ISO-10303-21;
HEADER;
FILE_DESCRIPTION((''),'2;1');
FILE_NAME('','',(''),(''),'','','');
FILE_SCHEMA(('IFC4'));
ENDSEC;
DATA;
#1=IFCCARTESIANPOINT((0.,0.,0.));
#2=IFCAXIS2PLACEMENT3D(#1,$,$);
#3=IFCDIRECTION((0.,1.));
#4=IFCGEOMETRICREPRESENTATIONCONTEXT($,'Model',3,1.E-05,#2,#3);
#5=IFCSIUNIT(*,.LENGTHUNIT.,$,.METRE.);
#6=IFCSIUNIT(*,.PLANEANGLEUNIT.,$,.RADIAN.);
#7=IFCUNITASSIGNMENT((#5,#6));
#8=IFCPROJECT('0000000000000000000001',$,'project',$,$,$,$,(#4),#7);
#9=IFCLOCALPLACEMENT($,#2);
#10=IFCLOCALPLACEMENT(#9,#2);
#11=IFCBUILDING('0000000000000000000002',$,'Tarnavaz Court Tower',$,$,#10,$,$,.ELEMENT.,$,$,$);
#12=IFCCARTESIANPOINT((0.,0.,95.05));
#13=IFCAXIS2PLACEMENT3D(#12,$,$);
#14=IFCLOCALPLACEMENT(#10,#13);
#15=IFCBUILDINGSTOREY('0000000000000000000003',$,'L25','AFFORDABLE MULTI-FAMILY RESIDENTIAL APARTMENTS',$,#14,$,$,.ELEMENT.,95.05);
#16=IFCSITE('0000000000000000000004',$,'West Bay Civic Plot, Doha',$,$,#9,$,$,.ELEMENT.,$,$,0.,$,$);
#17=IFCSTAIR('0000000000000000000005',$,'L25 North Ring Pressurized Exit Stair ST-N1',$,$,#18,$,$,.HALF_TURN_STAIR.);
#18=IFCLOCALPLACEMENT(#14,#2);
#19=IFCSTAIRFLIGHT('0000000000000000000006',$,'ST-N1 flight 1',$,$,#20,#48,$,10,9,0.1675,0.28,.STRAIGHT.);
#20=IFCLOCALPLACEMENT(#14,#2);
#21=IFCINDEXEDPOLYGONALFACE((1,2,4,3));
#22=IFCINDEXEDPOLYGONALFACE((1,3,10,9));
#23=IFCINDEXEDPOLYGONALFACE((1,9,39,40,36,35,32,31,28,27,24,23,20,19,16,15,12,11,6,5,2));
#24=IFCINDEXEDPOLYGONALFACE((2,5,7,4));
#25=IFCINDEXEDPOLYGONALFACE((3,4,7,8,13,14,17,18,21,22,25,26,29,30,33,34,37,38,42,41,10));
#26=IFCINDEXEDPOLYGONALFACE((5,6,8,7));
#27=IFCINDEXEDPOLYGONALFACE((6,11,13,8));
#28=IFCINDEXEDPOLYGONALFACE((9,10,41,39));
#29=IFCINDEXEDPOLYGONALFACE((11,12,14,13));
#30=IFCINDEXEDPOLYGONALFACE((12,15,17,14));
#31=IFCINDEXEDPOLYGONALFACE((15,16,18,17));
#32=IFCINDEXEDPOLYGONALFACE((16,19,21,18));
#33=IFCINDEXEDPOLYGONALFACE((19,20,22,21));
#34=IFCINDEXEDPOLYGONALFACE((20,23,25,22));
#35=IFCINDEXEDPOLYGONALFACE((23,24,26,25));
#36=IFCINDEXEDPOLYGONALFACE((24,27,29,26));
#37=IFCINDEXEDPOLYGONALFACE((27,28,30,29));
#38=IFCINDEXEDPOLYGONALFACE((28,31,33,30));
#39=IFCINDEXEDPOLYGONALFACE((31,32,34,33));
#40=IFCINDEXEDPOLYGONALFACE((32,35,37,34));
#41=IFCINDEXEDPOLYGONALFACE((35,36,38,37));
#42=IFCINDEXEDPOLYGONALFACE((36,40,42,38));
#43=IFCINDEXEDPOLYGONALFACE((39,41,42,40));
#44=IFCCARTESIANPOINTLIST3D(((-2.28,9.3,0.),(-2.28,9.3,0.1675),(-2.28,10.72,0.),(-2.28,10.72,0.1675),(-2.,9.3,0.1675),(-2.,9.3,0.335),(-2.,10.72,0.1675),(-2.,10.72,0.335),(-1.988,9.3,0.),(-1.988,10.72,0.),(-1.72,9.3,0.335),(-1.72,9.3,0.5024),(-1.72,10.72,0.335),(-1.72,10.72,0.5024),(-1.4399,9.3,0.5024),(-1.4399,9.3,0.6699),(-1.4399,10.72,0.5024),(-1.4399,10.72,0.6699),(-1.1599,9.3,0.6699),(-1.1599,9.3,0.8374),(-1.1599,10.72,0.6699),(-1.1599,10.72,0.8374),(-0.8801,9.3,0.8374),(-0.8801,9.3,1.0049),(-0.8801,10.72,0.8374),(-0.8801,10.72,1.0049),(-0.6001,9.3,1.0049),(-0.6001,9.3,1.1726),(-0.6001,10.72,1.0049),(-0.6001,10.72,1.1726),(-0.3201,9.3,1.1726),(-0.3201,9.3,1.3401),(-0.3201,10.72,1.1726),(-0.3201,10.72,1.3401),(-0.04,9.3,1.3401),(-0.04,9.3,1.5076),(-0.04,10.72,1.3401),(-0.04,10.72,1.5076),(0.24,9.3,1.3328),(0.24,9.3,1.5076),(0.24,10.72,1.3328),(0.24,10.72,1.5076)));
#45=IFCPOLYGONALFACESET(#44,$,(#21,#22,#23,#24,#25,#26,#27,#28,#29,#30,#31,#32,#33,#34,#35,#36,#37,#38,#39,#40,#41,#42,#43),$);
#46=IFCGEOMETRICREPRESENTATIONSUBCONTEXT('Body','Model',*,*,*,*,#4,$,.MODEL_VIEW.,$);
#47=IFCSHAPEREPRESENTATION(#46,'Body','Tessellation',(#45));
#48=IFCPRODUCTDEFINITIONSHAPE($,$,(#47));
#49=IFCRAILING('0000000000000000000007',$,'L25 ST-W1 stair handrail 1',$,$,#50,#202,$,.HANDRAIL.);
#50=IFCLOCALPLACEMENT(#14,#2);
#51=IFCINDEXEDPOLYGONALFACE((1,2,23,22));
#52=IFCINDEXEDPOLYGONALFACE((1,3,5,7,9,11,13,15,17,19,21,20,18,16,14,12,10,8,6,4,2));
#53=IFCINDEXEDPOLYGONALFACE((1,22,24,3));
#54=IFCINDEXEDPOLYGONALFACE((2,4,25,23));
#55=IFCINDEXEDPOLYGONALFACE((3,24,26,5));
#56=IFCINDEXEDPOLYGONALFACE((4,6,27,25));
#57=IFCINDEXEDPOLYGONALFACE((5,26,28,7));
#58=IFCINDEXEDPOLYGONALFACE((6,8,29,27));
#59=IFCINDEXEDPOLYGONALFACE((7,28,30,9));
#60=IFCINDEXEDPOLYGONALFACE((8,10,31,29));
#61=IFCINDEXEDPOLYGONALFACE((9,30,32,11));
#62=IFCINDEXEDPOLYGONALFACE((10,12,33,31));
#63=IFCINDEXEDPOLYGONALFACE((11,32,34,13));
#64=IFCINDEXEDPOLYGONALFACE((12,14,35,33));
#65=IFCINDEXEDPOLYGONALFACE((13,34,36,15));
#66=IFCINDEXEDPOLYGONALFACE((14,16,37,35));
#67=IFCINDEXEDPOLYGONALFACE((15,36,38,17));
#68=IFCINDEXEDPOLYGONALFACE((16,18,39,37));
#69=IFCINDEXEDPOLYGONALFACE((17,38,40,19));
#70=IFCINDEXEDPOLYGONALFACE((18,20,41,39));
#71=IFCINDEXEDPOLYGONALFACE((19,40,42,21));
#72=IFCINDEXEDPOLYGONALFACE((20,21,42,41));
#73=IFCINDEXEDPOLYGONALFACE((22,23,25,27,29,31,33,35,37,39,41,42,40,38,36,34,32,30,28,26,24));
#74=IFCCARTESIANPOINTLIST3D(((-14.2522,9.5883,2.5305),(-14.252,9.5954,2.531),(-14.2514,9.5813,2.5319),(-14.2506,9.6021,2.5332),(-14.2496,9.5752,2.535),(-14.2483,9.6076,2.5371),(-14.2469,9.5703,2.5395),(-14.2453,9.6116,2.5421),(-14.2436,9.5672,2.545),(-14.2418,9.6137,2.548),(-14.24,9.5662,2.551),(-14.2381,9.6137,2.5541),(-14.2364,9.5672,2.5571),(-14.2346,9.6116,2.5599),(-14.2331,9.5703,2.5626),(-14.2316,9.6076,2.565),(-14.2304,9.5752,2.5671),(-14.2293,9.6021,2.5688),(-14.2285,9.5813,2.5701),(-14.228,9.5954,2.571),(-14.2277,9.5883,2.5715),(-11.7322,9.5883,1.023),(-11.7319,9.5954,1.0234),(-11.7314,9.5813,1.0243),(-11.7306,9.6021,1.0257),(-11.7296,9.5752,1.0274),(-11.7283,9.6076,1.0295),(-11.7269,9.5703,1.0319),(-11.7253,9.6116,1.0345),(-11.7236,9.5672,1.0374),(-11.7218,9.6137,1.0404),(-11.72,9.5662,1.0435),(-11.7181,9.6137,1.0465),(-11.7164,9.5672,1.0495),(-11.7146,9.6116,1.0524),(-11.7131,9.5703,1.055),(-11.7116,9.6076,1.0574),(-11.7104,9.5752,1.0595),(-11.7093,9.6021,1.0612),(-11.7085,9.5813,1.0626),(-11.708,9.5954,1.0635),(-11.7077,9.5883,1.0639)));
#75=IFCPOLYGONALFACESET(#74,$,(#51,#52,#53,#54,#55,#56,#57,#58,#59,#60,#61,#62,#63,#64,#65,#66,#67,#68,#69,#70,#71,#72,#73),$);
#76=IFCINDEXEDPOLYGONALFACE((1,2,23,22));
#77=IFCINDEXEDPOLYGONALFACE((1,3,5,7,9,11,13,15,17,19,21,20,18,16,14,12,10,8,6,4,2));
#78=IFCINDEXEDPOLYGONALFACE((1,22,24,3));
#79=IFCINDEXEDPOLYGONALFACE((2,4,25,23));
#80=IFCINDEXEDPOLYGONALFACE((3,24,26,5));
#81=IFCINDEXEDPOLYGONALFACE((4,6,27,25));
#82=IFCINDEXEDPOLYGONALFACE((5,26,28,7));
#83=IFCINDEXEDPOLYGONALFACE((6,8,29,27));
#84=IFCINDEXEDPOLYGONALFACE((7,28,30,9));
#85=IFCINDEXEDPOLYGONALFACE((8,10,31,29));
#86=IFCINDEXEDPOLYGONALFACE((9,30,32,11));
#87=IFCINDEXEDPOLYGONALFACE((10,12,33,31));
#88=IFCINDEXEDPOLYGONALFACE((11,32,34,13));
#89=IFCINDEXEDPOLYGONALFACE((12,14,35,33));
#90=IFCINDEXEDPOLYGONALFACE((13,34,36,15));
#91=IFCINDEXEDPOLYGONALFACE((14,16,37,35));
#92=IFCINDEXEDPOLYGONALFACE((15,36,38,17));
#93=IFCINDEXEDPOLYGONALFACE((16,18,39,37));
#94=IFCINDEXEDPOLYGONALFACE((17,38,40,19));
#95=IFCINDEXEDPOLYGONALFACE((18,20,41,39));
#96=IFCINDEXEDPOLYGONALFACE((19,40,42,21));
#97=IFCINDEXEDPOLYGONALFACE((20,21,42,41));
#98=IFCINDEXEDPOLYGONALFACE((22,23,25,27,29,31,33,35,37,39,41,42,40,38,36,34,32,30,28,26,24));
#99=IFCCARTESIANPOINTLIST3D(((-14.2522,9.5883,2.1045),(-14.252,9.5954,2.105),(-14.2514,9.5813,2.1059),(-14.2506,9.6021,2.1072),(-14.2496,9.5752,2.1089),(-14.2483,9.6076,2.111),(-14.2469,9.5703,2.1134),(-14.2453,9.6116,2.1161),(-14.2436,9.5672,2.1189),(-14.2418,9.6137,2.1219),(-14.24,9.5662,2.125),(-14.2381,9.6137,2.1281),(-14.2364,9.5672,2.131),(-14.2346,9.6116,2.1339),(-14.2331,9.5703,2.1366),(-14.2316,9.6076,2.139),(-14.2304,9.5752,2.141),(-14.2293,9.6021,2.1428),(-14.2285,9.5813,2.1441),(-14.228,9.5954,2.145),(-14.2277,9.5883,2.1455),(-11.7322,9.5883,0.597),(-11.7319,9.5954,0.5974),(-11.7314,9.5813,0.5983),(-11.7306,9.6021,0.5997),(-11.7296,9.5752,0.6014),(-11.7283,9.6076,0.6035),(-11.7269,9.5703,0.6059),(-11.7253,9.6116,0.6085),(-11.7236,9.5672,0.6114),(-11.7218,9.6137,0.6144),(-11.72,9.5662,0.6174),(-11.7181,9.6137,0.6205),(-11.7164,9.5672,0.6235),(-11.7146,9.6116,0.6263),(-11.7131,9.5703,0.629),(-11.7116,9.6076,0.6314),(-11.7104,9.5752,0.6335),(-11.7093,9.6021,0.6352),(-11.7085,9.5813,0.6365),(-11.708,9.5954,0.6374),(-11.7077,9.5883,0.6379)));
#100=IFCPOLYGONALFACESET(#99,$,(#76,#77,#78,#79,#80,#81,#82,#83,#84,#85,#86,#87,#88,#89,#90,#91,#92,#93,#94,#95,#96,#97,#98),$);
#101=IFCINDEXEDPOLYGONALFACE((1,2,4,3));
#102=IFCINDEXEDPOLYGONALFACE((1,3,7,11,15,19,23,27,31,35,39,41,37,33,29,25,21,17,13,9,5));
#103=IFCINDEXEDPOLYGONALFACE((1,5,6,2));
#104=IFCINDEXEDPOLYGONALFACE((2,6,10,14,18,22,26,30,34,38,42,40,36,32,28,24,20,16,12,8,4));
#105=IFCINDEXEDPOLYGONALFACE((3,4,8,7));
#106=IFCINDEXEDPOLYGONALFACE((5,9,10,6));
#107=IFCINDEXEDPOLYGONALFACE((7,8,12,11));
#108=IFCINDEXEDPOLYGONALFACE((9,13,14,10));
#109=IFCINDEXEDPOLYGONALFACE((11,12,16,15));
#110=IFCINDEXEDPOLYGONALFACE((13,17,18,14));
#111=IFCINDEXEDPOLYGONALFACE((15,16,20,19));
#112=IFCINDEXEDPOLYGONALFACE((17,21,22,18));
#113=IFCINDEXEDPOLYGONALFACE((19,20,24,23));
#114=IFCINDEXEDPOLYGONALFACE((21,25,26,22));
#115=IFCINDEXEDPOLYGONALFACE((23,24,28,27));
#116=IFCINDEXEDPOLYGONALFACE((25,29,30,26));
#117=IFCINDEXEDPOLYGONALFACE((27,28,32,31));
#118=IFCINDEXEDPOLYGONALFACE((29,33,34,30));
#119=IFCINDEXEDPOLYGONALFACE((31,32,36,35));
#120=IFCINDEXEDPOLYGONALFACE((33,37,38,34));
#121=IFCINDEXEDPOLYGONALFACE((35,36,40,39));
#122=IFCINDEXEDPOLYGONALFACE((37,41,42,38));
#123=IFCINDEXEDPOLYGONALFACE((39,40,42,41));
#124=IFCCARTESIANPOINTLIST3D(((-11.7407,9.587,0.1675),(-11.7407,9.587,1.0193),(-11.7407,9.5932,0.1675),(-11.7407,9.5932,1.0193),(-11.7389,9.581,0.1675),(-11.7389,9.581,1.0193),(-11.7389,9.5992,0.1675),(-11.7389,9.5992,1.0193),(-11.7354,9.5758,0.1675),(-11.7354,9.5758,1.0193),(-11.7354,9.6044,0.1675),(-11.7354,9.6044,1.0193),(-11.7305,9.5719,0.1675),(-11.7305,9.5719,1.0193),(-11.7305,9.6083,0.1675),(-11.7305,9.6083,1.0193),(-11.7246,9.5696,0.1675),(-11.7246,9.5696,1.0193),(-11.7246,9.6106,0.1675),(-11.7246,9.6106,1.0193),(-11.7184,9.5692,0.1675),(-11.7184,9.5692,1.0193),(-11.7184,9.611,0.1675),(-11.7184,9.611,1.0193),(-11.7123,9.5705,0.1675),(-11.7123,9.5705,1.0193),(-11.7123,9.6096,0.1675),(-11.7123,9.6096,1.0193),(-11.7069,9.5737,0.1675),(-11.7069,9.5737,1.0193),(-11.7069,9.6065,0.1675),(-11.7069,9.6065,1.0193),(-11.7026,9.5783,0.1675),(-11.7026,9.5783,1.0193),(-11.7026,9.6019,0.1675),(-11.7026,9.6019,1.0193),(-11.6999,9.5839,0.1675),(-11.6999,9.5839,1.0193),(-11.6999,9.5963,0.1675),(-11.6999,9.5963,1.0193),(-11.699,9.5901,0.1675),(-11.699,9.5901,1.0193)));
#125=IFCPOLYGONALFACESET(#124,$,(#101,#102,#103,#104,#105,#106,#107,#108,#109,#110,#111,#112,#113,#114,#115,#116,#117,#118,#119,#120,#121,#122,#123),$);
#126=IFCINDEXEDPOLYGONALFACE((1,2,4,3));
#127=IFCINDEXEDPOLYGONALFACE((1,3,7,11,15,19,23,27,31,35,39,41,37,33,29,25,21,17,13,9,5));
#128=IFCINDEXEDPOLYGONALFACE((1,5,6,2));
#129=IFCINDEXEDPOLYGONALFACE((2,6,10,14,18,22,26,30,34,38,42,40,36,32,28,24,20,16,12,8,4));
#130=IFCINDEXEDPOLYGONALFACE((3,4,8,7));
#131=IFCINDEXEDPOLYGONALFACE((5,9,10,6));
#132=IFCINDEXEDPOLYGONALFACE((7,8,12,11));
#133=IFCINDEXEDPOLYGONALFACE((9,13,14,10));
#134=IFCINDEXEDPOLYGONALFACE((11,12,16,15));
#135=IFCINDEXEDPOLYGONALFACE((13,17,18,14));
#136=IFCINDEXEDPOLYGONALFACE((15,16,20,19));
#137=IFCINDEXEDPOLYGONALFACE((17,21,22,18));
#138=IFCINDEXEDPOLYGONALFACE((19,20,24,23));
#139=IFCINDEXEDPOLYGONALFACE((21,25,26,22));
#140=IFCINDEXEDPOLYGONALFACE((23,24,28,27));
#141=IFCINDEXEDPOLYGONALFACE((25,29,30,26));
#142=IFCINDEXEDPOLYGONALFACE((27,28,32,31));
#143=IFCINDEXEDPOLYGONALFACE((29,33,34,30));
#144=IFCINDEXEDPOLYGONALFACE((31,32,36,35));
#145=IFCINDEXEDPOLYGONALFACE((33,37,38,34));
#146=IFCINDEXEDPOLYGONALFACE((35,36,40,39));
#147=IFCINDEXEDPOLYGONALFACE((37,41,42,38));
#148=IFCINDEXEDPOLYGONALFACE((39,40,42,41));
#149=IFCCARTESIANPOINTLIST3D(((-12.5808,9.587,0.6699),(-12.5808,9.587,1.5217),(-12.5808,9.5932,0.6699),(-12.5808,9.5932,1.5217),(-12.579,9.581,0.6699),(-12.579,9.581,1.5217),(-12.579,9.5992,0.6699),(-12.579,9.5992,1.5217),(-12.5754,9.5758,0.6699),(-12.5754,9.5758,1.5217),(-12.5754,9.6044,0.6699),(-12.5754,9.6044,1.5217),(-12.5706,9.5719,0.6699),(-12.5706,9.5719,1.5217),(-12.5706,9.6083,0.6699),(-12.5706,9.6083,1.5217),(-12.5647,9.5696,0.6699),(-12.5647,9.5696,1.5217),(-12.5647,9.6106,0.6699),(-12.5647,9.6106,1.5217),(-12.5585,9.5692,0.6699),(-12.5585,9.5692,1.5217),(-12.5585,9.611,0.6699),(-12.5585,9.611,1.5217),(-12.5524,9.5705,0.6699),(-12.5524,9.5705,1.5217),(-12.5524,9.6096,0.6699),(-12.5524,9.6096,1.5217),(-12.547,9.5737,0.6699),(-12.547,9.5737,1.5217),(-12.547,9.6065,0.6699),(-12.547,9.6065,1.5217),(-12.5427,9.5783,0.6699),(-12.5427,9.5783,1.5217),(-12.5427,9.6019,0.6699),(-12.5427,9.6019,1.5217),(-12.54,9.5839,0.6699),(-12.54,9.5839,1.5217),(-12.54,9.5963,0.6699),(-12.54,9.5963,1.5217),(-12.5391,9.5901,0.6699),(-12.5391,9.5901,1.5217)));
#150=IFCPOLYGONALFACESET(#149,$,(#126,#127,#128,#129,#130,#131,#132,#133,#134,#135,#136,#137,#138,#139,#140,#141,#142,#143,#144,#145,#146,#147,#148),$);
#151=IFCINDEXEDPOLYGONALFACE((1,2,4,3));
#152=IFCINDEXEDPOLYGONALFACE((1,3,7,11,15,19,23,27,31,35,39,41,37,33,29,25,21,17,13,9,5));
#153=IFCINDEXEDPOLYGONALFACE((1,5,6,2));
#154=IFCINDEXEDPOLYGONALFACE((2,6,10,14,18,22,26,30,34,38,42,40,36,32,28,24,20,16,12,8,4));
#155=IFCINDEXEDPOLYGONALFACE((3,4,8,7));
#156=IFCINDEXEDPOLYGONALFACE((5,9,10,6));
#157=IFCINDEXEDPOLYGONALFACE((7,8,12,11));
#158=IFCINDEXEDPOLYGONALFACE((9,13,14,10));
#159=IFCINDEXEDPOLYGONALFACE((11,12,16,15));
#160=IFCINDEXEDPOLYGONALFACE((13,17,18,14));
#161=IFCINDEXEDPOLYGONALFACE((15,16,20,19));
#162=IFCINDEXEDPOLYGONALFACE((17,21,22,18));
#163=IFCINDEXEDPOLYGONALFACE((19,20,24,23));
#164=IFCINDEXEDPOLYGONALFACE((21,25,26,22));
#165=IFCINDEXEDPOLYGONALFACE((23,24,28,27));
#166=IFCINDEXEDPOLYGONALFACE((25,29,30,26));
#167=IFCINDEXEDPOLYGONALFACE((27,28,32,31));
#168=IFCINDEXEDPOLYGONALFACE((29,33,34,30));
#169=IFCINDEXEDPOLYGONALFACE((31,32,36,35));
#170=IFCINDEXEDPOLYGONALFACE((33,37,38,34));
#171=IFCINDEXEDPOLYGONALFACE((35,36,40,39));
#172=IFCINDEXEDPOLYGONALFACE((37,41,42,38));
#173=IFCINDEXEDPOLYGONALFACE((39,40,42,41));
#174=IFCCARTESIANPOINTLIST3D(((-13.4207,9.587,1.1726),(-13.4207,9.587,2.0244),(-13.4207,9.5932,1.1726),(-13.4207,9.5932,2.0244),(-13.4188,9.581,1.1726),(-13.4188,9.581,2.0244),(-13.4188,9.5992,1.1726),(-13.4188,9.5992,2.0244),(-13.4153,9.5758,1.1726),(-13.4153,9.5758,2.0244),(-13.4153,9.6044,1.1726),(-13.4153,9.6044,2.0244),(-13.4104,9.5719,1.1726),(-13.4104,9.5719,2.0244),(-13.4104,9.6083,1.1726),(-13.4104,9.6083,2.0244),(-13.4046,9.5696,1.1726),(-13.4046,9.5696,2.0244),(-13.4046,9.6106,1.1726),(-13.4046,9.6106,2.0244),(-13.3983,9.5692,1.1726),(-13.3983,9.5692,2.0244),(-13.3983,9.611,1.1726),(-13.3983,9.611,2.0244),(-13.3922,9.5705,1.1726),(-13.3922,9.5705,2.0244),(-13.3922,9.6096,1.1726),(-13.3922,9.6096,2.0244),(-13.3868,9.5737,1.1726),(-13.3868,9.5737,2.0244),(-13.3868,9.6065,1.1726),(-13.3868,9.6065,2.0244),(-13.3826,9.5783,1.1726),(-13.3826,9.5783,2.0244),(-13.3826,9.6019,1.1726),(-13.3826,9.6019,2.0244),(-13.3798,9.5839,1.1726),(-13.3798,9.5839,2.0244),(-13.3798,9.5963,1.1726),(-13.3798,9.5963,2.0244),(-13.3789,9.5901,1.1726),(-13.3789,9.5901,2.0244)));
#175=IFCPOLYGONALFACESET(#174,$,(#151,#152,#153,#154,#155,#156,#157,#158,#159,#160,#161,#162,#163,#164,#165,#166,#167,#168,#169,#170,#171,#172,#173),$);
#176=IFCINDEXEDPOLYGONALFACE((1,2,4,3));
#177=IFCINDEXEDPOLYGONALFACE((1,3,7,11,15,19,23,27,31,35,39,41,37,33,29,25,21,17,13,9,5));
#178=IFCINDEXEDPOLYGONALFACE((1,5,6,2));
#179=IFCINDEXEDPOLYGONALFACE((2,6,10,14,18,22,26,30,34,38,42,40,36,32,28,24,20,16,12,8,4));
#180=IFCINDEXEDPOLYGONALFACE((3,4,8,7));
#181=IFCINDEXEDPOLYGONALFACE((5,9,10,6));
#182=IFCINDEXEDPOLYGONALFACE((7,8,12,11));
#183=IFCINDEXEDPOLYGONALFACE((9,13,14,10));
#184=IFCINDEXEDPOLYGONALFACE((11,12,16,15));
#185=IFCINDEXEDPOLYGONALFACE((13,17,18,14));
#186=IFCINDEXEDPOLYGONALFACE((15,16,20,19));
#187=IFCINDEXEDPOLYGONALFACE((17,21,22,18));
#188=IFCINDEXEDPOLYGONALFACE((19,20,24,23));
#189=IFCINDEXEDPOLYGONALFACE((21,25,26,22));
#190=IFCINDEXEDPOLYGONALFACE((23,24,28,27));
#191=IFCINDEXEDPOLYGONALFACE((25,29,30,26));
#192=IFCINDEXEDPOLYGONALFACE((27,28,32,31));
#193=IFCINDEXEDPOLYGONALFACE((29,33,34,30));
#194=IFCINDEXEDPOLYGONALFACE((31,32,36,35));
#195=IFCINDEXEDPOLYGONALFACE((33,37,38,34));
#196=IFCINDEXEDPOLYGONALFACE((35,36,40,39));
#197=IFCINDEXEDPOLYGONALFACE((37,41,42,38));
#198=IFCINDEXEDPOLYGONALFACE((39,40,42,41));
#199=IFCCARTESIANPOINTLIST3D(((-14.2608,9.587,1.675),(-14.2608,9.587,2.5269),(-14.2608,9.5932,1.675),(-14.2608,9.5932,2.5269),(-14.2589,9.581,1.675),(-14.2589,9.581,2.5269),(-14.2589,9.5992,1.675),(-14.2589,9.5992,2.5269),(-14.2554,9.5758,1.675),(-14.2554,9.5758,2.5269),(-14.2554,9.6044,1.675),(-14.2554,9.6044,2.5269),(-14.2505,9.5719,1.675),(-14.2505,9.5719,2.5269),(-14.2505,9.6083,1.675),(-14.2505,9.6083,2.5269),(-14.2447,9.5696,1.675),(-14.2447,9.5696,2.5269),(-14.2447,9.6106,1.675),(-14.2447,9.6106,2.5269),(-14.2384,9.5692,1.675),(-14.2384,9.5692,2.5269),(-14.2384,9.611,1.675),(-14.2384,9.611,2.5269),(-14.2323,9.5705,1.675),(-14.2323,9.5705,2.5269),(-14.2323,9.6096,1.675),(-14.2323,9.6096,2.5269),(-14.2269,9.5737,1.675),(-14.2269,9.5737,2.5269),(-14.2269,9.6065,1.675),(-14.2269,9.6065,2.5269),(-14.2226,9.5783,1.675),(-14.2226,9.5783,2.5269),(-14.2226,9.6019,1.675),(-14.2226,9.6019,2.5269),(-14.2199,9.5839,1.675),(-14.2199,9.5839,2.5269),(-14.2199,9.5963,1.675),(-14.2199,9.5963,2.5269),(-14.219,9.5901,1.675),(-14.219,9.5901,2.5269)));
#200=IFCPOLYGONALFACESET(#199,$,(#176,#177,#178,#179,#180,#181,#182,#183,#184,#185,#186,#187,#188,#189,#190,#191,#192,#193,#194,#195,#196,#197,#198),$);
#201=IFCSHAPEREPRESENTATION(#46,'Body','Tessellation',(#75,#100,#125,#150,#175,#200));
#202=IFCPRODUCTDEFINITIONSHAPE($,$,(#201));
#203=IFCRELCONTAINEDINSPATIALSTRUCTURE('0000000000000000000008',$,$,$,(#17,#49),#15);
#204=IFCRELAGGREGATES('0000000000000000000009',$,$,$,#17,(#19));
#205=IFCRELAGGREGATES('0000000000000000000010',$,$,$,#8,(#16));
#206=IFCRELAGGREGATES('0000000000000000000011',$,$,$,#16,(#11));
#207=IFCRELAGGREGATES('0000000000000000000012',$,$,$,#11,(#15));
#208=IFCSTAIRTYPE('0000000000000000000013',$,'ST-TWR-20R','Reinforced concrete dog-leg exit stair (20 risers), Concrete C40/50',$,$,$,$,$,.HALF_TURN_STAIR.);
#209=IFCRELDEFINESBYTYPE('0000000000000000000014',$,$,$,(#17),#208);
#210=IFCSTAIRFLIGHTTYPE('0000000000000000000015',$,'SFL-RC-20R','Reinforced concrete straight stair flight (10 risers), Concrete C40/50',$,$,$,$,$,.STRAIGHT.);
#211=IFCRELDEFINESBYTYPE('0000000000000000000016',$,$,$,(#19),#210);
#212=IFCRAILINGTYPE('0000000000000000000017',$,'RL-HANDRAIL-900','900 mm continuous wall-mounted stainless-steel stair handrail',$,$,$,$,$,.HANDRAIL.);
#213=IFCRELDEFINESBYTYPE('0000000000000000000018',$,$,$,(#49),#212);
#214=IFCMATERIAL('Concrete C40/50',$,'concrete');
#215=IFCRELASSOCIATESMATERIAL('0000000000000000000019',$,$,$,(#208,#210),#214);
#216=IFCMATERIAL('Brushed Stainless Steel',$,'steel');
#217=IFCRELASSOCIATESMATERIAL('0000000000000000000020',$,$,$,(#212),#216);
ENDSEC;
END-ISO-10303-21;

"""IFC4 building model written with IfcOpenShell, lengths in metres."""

from ifc_helpers import new_model, si_unit, direction, frame, origin, origin_2d, place, context, subcontext, project, spatial, polyline, circle, outline, extrude, material, type_object, element, aggregate, save


model = new_model("IFC4")

# Units and contexts
model_context = context("Model", 3, precision=1e-05, world=origin(), true_north=direction((0.0, 1.0)))
body_context = subcontext(model_context, "Body", "Model", "MODEL_VIEW")
ifc_project = project(units=[si_unit("LENGTHUNIT", "METRE"), si_unit("PLANEANGLEUNIT", "RADIAN")], contexts=[model_context])

# Site, building, storey
site_placement = place(None, origin())
site = spatial("IfcSite", under=ifc_project, at=site_placement, Name="West Bay Civic Plot, Doha", CompositionType="ELEMENT", RefElevation=0.0)
building_placement = place(site_placement, origin())
building = spatial("IfcBuilding", under=site, at=building_placement, Name="Tarnavaz Court Tower", CompositionType="ELEMENT")
storey_placement = place(building_placement, frame((0.0, 0.0, 95.05)))
storey = spatial("IfcBuildingStorey", under=building, at=storey_placement, Name="L25", Description="AFFORDABLE MULTI-FAMILY RESIDENTIAL APARTMENTS", CompositionType="ELEMENT", Elevation=95.05)

# Stair, stair flight
ifc_material_1 = material(Name="Concrete C40/50", Category="concrete")
stair_type = type_object("IfcStairType", Name="ST-TWR-20R", Description="Reinforced concrete dog-leg exit stair (20 risers), Concrete C40/50", PredefinedType="HALF_TURN_STAIR", material=ifc_material_1)
stair_flight_type = type_object("IfcStairFlightType", Name="SFL-RC-20R", Description="Reinforced concrete straight stair flight (10 risers), Concrete C40/50", PredefinedType="STRAIGHT", material=ifc_material_1)
stair_1_placement = place(storey_placement, origin())
stair_1 = element("IfcStair", 1, at=stair_1_placement, inside=storey, type_object=stair_type, Name="L25 North Ring Pressurized Exit Stair ST-N1", PredefinedType="HALF_TURN_STAIR")
stair_flight_1_placement = place(storey_placement, frame((-2.28, 10.01, 0.0), z_axis=(0.0, 0.0, 1.0), x_axis=(1.0, 0.0, 0.0)))
stair_flight_1 = element("IfcStairFlight", 2, at=stair_flight_1_placement, type_object=stair_flight_type, Name="ST-N1 flight 1", NumberOfRisers=10, NumberOfTreads=9, PredefinedType="STRAIGHT", RiserHeight=0.1675, TreadLength=0.28, context=body_context, shape_type="SweptSolid", body=[
    extrude(outline(polyline([(0.0, 0.0), (0.0, 0.1675), (0.28, 0.1675), (0.28, 0.335), (0.5601, 0.335), (0.5601, 0.5024), (0.8401, 0.5024), (0.8401, 0.6699), (1.1201, 0.6699), (1.1201, 0.8374), (1.3999, 0.8374), (1.3999, 1.0049), (1.6799, 1.0049), (1.6799, 1.1726), (1.96, 1.1726), (1.96, 1.3401), (2.24, 1.3401), (2.24, 1.5076), (2.52, 1.5076), (2.52, 1.675), (2.52, 1.3328), (0.292, 0.0), (0.0, 0.0)])), frame((0.0, 0.71, 0.0), z_axis=(0.0, -1.0, 0.0), x_axis=(1.0, 0.0, 0.0)), (0.0, 0.0, 1.0), 1.4199),
])
aggregate(stair_1, [stair_flight_1])

# Railing
ifc_material_2 = material(Name="Brushed Stainless Steel", Category="steel")
railing_type_1 = type_object("IfcRailingType", Name="RL-HANDRAIL-900", Description="900 mm continuous wall-mounted stainless-steel stair handrail", PredefinedType="HANDRAIL", material=ifc_material_2)
railing_1_placement = place(storey_placement, frame((-11.72, 9.5901, 0.1675)))
element("IfcRailing", 3, at=railing_1_placement, inside=storey, type_object=railing_type_1, Name="L25 ST-W1 stair handrail 1", PredefinedType="HANDRAIL", context=body_context, shape_type="SweptSolid", body=[
    extrude(circle(Radius=0.0239, at=origin_2d()), frame((0.0, 0.0, 0.876), z_axis=(-0.85816, 0.0, 0.513383), x_axis=(0.0, -1.0, 0.0)), (0.0, 0.0, 1.0), 2.9365),
    extrude(circle(Radius=0.0239, at=origin_2d()), frame((0.0, 0.0, 0.45), z_axis=(-0.85816, 0.0, 0.513383), x_axis=(0.0, -1.0, 0.0)), (0.0, 0.0, 1.0), 2.9365),
    extrude(circle(Radius=0.021, at=origin_2d()), origin(), (0.0, 0.0, 1.0), 0.8518),
    extrude(circle(Radius=0.021, at=origin_2d()), frame((-0.8401, 0.0, 0.5024)), (0.0, 0.0, 1.0), 0.8518),
    extrude(circle(Radius=0.021, at=origin_2d()), frame((-1.6799, 0.0, 1.0051)), (0.0, 0.0, 1.0), 0.8518),
    extrude(circle(Radius=0.021, at=origin_2d()), frame((-2.52, 0.0, 1.5076)), (0.0, 0.0, 1.0), 0.8518),
])

save(model, "model.ifc")
